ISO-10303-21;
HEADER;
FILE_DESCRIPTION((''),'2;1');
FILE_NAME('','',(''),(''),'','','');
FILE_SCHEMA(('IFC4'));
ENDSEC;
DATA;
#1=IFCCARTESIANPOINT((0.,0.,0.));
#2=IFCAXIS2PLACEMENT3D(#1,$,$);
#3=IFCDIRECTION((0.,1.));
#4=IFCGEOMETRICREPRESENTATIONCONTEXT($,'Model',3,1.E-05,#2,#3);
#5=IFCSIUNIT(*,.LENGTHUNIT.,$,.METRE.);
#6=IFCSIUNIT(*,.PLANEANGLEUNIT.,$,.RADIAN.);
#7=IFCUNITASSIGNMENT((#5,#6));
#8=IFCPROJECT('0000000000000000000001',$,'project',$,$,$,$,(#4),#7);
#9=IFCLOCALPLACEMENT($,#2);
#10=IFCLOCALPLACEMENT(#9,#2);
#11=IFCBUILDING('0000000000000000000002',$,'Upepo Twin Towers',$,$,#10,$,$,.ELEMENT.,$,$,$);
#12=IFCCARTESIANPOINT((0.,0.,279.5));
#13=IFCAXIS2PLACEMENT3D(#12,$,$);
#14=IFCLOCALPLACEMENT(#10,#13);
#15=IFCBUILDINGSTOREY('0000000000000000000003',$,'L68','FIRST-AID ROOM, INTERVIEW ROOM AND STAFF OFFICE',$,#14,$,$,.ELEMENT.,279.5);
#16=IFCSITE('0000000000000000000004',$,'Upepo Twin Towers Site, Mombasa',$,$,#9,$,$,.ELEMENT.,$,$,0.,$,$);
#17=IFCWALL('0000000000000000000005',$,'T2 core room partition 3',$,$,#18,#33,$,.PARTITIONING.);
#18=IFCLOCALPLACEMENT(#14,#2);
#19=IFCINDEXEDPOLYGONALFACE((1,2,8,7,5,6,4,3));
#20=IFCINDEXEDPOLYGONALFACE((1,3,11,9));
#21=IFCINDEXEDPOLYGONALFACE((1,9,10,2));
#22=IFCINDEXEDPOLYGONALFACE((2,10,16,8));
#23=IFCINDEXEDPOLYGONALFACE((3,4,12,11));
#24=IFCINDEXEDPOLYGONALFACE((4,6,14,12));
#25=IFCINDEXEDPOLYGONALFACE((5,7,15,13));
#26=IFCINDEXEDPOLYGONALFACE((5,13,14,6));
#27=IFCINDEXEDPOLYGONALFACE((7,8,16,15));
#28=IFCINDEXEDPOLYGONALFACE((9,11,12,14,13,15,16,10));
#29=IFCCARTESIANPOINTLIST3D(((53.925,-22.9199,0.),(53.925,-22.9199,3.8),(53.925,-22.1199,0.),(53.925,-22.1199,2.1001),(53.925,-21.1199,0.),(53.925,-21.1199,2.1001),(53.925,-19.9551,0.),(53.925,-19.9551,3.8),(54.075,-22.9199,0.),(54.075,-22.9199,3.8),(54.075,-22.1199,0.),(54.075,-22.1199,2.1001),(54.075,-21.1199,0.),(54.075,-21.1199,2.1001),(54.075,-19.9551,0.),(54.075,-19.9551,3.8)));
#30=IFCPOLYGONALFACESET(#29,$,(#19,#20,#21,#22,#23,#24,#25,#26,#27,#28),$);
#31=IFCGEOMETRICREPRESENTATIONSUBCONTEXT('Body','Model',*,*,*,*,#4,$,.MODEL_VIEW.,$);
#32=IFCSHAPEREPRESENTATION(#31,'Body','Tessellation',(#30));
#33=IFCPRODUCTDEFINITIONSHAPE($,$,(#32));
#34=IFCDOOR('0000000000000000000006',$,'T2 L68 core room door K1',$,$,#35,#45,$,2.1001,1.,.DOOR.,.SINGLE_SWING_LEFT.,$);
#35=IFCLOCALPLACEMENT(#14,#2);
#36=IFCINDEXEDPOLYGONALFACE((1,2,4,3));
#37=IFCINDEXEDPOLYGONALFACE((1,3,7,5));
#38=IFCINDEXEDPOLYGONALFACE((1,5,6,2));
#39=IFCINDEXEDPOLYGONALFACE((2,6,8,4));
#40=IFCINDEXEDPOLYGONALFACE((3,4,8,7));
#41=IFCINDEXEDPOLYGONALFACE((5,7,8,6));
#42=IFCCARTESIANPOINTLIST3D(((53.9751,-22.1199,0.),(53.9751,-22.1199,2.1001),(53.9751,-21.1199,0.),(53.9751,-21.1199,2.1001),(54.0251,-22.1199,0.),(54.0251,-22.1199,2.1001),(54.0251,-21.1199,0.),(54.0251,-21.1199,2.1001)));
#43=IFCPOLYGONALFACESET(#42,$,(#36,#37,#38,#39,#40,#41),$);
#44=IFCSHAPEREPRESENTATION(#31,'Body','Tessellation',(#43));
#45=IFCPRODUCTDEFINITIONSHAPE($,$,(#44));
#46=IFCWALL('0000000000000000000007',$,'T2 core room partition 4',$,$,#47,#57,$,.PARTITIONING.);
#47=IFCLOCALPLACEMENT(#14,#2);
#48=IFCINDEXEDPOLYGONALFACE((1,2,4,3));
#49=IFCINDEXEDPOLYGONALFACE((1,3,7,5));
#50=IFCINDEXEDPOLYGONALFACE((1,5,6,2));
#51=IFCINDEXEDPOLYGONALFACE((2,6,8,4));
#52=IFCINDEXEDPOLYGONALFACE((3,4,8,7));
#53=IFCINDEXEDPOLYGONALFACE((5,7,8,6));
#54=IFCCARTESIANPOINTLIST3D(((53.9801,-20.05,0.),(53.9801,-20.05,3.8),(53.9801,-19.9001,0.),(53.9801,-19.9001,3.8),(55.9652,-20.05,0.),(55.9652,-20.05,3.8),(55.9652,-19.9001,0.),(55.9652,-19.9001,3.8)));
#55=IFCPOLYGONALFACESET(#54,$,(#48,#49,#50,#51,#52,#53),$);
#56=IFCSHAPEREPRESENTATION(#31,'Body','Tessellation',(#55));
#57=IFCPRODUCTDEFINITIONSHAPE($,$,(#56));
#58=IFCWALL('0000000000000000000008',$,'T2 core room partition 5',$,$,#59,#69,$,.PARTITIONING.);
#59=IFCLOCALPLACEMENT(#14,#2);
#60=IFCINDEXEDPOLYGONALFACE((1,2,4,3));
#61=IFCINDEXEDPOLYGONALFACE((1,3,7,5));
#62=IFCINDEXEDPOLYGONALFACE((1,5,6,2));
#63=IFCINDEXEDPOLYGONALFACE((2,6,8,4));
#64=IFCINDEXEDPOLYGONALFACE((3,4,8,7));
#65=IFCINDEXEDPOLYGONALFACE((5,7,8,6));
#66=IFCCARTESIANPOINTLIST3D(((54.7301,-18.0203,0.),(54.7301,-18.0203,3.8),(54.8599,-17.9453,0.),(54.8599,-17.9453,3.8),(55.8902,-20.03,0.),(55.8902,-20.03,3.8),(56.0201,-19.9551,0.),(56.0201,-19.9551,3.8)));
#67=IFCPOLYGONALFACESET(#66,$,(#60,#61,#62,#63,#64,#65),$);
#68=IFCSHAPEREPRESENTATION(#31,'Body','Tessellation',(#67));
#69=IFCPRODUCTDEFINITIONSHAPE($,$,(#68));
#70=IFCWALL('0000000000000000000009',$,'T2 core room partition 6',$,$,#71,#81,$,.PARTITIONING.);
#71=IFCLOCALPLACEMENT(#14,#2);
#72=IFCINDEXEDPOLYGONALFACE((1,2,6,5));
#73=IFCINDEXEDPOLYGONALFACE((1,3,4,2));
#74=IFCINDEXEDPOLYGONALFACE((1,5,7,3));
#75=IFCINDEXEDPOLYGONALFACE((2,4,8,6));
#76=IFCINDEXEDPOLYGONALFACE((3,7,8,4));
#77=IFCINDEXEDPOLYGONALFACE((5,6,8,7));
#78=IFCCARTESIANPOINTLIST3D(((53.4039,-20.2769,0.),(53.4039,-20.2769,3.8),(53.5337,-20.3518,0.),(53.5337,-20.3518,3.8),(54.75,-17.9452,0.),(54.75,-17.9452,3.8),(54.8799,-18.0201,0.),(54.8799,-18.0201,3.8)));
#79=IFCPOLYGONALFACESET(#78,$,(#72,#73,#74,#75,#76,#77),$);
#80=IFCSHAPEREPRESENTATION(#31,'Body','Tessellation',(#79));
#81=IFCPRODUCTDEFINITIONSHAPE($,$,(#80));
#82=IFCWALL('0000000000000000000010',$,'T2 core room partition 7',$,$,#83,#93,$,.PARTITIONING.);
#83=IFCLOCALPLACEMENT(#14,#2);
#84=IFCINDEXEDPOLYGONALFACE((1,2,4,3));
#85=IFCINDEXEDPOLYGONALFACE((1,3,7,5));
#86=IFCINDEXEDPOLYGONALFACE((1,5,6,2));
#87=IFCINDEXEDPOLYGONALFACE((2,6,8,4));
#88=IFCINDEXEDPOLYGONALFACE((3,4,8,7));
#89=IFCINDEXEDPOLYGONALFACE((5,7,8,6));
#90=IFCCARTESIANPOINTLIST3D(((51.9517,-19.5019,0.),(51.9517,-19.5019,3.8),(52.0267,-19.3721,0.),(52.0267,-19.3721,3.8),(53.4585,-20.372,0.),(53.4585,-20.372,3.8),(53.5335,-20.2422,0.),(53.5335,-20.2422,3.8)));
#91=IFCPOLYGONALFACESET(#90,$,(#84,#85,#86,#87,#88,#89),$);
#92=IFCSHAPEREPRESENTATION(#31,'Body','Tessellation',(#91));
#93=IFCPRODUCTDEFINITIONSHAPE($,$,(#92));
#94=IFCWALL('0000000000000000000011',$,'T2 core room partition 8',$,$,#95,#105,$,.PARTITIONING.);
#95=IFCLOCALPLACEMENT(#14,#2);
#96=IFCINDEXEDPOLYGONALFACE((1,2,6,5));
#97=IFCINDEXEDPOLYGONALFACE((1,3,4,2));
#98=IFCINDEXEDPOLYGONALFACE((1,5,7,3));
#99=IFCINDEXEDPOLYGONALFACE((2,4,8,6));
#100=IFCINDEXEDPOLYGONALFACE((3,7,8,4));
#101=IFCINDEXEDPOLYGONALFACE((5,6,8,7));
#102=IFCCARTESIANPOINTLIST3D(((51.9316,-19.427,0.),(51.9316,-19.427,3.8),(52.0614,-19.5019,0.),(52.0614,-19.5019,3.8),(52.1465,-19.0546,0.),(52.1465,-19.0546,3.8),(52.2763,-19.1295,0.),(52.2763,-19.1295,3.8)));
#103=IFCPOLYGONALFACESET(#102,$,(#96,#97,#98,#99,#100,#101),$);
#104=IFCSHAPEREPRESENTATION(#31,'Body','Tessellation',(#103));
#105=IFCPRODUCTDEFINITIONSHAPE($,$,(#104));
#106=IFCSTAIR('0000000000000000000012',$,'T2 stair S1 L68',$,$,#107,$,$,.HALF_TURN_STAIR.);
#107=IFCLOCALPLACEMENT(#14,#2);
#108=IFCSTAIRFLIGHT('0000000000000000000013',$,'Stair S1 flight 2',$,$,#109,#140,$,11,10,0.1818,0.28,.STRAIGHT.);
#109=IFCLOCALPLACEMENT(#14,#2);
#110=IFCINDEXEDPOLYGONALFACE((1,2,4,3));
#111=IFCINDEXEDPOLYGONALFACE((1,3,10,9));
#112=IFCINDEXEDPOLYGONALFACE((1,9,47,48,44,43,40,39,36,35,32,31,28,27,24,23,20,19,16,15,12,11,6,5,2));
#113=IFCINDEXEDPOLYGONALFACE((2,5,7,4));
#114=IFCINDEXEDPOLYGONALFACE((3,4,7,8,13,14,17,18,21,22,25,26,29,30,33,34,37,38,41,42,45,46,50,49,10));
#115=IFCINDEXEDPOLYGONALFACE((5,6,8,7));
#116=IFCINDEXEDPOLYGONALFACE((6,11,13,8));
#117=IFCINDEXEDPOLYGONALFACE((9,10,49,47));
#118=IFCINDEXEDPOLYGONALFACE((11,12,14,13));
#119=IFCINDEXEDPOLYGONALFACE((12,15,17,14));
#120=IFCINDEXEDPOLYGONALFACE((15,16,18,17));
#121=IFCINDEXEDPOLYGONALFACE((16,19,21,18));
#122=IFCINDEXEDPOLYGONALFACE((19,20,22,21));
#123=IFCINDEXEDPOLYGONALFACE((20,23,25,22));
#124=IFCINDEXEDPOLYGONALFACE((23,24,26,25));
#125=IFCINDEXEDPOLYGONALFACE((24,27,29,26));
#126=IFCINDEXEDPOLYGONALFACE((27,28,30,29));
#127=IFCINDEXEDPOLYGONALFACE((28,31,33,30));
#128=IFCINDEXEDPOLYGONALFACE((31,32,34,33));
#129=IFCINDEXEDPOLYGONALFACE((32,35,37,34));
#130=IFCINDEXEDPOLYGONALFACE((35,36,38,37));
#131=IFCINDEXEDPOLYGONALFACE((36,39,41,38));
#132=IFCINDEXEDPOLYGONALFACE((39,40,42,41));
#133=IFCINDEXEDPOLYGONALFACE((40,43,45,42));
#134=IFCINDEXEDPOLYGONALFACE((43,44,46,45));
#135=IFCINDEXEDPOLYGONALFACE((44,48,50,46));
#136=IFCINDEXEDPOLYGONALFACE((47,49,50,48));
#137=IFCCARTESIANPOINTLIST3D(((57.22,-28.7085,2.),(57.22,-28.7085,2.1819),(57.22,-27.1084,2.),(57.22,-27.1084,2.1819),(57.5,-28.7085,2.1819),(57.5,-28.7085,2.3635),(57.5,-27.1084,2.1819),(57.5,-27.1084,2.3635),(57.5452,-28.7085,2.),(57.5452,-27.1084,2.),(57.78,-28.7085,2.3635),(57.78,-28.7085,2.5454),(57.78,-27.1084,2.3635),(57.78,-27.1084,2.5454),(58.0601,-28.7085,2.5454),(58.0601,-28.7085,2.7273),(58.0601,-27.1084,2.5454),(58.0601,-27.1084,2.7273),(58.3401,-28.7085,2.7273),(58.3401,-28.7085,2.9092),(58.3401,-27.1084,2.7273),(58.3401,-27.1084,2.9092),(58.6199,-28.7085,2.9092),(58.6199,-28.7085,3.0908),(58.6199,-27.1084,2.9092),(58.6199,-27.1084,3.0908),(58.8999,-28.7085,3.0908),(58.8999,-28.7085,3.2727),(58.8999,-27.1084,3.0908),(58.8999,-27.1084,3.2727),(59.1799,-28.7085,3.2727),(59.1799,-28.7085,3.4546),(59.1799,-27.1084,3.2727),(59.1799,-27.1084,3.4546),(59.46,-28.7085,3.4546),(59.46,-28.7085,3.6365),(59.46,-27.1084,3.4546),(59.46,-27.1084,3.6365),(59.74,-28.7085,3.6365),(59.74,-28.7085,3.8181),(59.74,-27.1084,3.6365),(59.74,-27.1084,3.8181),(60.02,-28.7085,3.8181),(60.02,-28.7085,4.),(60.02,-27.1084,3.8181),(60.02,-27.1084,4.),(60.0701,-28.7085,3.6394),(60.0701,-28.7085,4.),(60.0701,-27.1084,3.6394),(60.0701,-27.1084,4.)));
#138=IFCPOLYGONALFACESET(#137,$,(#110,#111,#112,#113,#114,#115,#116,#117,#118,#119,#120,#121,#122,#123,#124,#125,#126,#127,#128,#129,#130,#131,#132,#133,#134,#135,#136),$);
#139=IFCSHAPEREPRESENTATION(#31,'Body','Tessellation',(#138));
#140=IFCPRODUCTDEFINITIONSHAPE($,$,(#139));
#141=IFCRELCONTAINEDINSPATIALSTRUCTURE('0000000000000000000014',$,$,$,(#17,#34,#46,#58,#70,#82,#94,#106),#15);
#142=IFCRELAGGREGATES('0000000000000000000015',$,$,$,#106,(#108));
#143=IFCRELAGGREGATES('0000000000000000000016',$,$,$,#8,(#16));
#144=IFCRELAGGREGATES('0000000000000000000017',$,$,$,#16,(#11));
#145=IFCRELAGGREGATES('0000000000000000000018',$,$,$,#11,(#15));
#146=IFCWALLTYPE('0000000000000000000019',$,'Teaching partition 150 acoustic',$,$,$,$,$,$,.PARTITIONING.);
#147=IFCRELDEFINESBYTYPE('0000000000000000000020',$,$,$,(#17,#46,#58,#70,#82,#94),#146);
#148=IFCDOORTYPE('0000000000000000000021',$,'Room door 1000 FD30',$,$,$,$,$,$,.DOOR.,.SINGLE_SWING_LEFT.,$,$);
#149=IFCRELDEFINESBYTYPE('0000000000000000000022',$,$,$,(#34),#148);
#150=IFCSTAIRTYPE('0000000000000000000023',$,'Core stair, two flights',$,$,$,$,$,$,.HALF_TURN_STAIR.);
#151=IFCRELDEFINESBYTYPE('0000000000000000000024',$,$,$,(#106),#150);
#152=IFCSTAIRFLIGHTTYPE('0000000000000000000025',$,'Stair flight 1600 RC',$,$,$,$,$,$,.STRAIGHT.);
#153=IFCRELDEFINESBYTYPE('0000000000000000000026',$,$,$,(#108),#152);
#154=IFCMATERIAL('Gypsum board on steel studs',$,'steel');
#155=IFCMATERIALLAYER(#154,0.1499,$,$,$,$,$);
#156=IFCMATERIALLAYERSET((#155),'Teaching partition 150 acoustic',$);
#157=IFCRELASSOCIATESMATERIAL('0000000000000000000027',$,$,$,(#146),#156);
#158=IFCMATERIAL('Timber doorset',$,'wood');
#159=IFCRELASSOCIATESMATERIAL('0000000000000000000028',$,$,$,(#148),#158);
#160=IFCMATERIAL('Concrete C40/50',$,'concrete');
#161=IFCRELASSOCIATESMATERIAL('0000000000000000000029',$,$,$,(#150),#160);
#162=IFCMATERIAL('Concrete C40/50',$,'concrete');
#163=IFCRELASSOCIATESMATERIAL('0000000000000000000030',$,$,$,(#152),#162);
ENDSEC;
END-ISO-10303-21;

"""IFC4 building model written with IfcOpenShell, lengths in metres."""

from ifc_helpers import new_model, si_unit, direction, frame, frame_2d, origin, place, context, subcontext, project, spatial, polyline, rectangle, outline, extrude, material, layer, layer_set, type_object, element, fill, aggregate, save


model = new_model("IFC4")

# Units and contexts
model_context = context("Model", 3, precision=1e-05, world=origin(), true_north=direction((0.0, 1.0)))
body_context = subcontext(model_context, "Body", "Model", "MODEL_VIEW")
ifc_project = project(units=[si_unit("LENGTHUNIT", "METRE"), si_unit("PLANEANGLEUNIT", "RADIAN")], contexts=[model_context])

# Site, building, storey
site_placement = place(None, origin())
site = spatial("IfcSite", under=ifc_project, at=site_placement, Name="Upepo Twin Towers Site, Mombasa", CompositionType="ELEMENT", RefElevation=0.0)
building_placement = place(site_placement, origin())
building = spatial("IfcBuilding", under=site, at=building_placement, Name="Upepo Twin Towers", CompositionType="ELEMENT")
storey_placement = place(building_placement, frame((0.0, 0.0, 279.5)))
storey = spatial("IfcBuildingStorey", under=building, at=storey_placement, Name="L68", Description="FIRST-AID ROOM, INTERVIEW ROOM AND STAFF OFFICE", CompositionType="ELEMENT", Elevation=279.5)

# Shared definitions
ifc_material_1 = material(Name="Gypsum board on steel studs", Category="steel")
ifc_layer_1 = layer(ifc_material_1, 0.1499)
ifc_layer_set_1 = layer_set([ifc_layer_1], Name="Teaching partition 150 acoustic")
wall_type_1 = type_object("IfcWallType", Name="Teaching partition 150 acoustic", PredefinedType="PARTITIONING", material=ifc_layer_set_1)

# Wall, opening, door
wall_1_placement = place(storey_placement, frame((54.0, -22.9199, 0.0), z_axis=(0.0, 0.0, 1.0), x_axis=(0.0, 1.0, 0.0)))
wall_1 = element("IfcWall", 1, at=wall_1_placement, inside=storey, type_object=wall_type_1, Name="T2 core room partition 3", PredefinedType="PARTITIONING", context=body_context, shape_type="SweptSolid", body=[
    extrude(rectangle(XDim=2.9648, YDim=0.1499, at=frame_2d((1.4824, 0.0))), origin(), (0.0, 0.0, 1.0), 3.8),
])
opening_1_placement = place(wall_1_placement, frame((0.8, 0.0, 0.0)))
opening_1 = element("IfcOpeningElement", 2, at=opening_1_placement, cuts=wall_1, PredefinedType="OPENING", context=body_context, shape_type="SweptSolid", body=[
    extrude(rectangle(XDim=1.0, YDim=2.1001, at=frame_2d((0.5, 1.05))), frame((0.0, 0.085, 0.0), z_axis=(0.0, -1.0, 0.0), x_axis=(1.0, 0.0, 0.0)), (0.0, 0.0, 1.0), 0.1699),
])
ifc_material_2 = material(Name="Timber doorset", Category="wood")
door_type_1 = type_object("IfcDoorType", Name="Room door 1000 FD30", OperationType="SINGLE_SWING_LEFT", PredefinedType="DOOR", material=ifc_material_2)
door_1_placement = place(opening_1_placement, origin())
door_1 = element("IfcDoor", 3, at=door_1_placement, inside=storey, type_object=door_type_1, Name="T2 L68 core room door K1", OperationType="SINGLE_SWING_LEFT", OverallHeight=2.1001, OverallWidth=1.0, PredefinedType="DOOR", context=body_context, shape_type="SweptSolid", body=[
    extrude(rectangle(XDim=1.0, YDim=2.1001, at=frame_2d((0.5, 1.05))), frame((0.0, 0.0249, 0.0), z_axis=(0.0, -1.0, 0.0), x_axis=(1.0, 0.0, 0.0)), (0.0, 0.0, 1.0), 0.05),
])
fill(opening_1, door_1)

# Walls
wall_2_placement = place(storey_placement, frame((53.98, -19.9751, 0.0), z_axis=(0.0, 0.0, 1.0), x_axis=(1.0, 0.0, 0.0)))
element("IfcWall", 4, at=wall_2_placement, inside=storey, type_object=wall_type_1, Name="T2 core room partition 4", PredefinedType="PARTITIONING", context=body_context, shape_type="SweptSolid", body=[
    extrude(rectangle(XDim=1.9851, YDim=0.1499, at=frame_2d((0.9927, 0.0))), origin(), (0.0, 0.0, 1.0), 3.8),
])
wall_3_placement = place(storey_placement, frame((55.9551, -19.9924, 0.0), z_axis=(0.0, 0.0, 1.0), x_axis=(-0.499941, 0.866059, 0.0)))
element("IfcWall", 5, at=wall_3_placement, inside=storey, type_object=wall_type_1, Name="T2 core room partition 5", PredefinedType="PARTITIONING", context=body_context, shape_type="SweptSolid", body=[
    extrude(rectangle(XDim=2.3206, YDim=0.1499, at=frame_2d((1.1602, 0.0))), origin(), (0.0, 0.0, 1.0), 3.8),
])
wall_4_placement = place(storey_placement, frame((54.8149, -17.9827, 0.0), z_axis=(0.0, 0.0, 1.0), x_axis=(-0.499981, -0.866036, 0.0)))
element("IfcWall", 6, at=wall_4_placement, inside=storey, type_object=wall_type_1, Name="T2 core room partition 6", PredefinedType="PARTITIONING", context=body_context, shape_type="SweptSolid", body=[
    extrude(rectangle(XDim=2.6924, YDim=0.1499, at=frame_2d((1.3462, 0.0))), origin(), (0.0, 0.0, 1.0), 3.8),
])
wall_5_placement = place(storey_placement, frame((53.4961, -20.3071, 0.0), z_axis=(0.0, 0.0, 1.0), x_axis=(-0.865989, 0.500063, 0.0)))
element("IfcWall", 7, at=wall_5_placement, inside=storey, type_object=wall_type_1, Name="T2 core room partition 7", PredefinedType="PARTITIONING", context=body_context, shape_type="SweptSolid", body=[
    extrude(rectangle(XDim=1.74, YDim=0.1499, at=frame_2d((0.8701, 0.0))), origin(), (0.0, 0.0, 1.0), 3.8),
])
wall_6_placement = place(storey_placement, frame((51.9966, -19.4644, 0.0), z_axis=(0.0, 0.0, 1.0), x_axis=(0.499804, 0.866138, 0.0)))
element("IfcWall", 8, at=wall_6_placement, inside=storey, type_object=wall_type_1, Name="T2 core room partition 8", PredefinedType="PARTITIONING", context=body_context, shape_type="SweptSolid", body=[
    extrude(rectangle(XDim=0.4299, YDim=0.1499, at=frame_2d((0.2148, 0.0))), origin(), (0.0, 0.0, 1.0), 3.8),
])

# Stair, stair flight
ifc_material_3 = material(Name="Concrete C40/50", Category="concrete")
stair_type = type_object("IfcStairType", Name="Core stair, two flights", PredefinedType="HALF_TURN_STAIR", material=ifc_material_3)
stair_placement = place(storey_placement, origin())
stair = element("IfcStair", 9, at=stair_placement, inside=storey, type_object=stair_type, Name="T2 stair S1 L68", PredefinedType="HALF_TURN_STAIR")
ifc_material_4 = material(Name="Concrete C40/50", Category="concrete")
stair_flight_type = type_object("IfcStairFlightType", Name="Stair flight 1600 RC", PredefinedType="STRAIGHT", material=ifc_material_4)
stair_flight_placement = place(storey_placement, frame((57.22, -27.9084, 2.0), z_axis=(0.0, 0.0, 1.0), x_axis=(1.0, 0.0, 0.0)))
stair_flight = element("IfcStairFlight", 10, at=stair_flight_placement, type_object=stair_flight_type, Name="Stair S1 flight 2", NumberOfRisers=11, NumberOfTreads=10, PredefinedType="STRAIGHT", RiserHeight=0.1818, TreadLength=0.28, context=body_context, shape_type="SweptSolid", body=[
    extrude(outline(polyline([(0.0, 0.0), (0.0, 0.1819), (0.28, 0.1819), (0.28, 0.3635), (0.5601, 0.3635), (0.5601, 0.5454), (0.8401, 0.5454), (0.8401, 0.7273), (1.1201, 0.7273), (1.1201, 0.9092), (1.3999, 0.9092), (1.3999, 1.0908), (1.6799, 1.0908), (1.6799, 1.2727), (1.96, 1.2727), (1.96, 1.4546), (2.24, 1.4546), (2.24, 1.6365), (2.52, 1.6365), (2.52, 1.8181), (2.8, 1.8181), (2.8, 2.0), (2.8501, 2.0), (2.8501, 1.6394), (0.3252, 0.0), (0.0, 0.0)])), frame((0.0, 0.8, 0.0), z_axis=(0.0, -1.0, 0.0), x_axis=(1.0, 0.0, 0.0)), (0.0, 0.0, 1.0), 1.6001),
])
aggregate(stair, [stair_flight])

save(model, "model.ifc")
